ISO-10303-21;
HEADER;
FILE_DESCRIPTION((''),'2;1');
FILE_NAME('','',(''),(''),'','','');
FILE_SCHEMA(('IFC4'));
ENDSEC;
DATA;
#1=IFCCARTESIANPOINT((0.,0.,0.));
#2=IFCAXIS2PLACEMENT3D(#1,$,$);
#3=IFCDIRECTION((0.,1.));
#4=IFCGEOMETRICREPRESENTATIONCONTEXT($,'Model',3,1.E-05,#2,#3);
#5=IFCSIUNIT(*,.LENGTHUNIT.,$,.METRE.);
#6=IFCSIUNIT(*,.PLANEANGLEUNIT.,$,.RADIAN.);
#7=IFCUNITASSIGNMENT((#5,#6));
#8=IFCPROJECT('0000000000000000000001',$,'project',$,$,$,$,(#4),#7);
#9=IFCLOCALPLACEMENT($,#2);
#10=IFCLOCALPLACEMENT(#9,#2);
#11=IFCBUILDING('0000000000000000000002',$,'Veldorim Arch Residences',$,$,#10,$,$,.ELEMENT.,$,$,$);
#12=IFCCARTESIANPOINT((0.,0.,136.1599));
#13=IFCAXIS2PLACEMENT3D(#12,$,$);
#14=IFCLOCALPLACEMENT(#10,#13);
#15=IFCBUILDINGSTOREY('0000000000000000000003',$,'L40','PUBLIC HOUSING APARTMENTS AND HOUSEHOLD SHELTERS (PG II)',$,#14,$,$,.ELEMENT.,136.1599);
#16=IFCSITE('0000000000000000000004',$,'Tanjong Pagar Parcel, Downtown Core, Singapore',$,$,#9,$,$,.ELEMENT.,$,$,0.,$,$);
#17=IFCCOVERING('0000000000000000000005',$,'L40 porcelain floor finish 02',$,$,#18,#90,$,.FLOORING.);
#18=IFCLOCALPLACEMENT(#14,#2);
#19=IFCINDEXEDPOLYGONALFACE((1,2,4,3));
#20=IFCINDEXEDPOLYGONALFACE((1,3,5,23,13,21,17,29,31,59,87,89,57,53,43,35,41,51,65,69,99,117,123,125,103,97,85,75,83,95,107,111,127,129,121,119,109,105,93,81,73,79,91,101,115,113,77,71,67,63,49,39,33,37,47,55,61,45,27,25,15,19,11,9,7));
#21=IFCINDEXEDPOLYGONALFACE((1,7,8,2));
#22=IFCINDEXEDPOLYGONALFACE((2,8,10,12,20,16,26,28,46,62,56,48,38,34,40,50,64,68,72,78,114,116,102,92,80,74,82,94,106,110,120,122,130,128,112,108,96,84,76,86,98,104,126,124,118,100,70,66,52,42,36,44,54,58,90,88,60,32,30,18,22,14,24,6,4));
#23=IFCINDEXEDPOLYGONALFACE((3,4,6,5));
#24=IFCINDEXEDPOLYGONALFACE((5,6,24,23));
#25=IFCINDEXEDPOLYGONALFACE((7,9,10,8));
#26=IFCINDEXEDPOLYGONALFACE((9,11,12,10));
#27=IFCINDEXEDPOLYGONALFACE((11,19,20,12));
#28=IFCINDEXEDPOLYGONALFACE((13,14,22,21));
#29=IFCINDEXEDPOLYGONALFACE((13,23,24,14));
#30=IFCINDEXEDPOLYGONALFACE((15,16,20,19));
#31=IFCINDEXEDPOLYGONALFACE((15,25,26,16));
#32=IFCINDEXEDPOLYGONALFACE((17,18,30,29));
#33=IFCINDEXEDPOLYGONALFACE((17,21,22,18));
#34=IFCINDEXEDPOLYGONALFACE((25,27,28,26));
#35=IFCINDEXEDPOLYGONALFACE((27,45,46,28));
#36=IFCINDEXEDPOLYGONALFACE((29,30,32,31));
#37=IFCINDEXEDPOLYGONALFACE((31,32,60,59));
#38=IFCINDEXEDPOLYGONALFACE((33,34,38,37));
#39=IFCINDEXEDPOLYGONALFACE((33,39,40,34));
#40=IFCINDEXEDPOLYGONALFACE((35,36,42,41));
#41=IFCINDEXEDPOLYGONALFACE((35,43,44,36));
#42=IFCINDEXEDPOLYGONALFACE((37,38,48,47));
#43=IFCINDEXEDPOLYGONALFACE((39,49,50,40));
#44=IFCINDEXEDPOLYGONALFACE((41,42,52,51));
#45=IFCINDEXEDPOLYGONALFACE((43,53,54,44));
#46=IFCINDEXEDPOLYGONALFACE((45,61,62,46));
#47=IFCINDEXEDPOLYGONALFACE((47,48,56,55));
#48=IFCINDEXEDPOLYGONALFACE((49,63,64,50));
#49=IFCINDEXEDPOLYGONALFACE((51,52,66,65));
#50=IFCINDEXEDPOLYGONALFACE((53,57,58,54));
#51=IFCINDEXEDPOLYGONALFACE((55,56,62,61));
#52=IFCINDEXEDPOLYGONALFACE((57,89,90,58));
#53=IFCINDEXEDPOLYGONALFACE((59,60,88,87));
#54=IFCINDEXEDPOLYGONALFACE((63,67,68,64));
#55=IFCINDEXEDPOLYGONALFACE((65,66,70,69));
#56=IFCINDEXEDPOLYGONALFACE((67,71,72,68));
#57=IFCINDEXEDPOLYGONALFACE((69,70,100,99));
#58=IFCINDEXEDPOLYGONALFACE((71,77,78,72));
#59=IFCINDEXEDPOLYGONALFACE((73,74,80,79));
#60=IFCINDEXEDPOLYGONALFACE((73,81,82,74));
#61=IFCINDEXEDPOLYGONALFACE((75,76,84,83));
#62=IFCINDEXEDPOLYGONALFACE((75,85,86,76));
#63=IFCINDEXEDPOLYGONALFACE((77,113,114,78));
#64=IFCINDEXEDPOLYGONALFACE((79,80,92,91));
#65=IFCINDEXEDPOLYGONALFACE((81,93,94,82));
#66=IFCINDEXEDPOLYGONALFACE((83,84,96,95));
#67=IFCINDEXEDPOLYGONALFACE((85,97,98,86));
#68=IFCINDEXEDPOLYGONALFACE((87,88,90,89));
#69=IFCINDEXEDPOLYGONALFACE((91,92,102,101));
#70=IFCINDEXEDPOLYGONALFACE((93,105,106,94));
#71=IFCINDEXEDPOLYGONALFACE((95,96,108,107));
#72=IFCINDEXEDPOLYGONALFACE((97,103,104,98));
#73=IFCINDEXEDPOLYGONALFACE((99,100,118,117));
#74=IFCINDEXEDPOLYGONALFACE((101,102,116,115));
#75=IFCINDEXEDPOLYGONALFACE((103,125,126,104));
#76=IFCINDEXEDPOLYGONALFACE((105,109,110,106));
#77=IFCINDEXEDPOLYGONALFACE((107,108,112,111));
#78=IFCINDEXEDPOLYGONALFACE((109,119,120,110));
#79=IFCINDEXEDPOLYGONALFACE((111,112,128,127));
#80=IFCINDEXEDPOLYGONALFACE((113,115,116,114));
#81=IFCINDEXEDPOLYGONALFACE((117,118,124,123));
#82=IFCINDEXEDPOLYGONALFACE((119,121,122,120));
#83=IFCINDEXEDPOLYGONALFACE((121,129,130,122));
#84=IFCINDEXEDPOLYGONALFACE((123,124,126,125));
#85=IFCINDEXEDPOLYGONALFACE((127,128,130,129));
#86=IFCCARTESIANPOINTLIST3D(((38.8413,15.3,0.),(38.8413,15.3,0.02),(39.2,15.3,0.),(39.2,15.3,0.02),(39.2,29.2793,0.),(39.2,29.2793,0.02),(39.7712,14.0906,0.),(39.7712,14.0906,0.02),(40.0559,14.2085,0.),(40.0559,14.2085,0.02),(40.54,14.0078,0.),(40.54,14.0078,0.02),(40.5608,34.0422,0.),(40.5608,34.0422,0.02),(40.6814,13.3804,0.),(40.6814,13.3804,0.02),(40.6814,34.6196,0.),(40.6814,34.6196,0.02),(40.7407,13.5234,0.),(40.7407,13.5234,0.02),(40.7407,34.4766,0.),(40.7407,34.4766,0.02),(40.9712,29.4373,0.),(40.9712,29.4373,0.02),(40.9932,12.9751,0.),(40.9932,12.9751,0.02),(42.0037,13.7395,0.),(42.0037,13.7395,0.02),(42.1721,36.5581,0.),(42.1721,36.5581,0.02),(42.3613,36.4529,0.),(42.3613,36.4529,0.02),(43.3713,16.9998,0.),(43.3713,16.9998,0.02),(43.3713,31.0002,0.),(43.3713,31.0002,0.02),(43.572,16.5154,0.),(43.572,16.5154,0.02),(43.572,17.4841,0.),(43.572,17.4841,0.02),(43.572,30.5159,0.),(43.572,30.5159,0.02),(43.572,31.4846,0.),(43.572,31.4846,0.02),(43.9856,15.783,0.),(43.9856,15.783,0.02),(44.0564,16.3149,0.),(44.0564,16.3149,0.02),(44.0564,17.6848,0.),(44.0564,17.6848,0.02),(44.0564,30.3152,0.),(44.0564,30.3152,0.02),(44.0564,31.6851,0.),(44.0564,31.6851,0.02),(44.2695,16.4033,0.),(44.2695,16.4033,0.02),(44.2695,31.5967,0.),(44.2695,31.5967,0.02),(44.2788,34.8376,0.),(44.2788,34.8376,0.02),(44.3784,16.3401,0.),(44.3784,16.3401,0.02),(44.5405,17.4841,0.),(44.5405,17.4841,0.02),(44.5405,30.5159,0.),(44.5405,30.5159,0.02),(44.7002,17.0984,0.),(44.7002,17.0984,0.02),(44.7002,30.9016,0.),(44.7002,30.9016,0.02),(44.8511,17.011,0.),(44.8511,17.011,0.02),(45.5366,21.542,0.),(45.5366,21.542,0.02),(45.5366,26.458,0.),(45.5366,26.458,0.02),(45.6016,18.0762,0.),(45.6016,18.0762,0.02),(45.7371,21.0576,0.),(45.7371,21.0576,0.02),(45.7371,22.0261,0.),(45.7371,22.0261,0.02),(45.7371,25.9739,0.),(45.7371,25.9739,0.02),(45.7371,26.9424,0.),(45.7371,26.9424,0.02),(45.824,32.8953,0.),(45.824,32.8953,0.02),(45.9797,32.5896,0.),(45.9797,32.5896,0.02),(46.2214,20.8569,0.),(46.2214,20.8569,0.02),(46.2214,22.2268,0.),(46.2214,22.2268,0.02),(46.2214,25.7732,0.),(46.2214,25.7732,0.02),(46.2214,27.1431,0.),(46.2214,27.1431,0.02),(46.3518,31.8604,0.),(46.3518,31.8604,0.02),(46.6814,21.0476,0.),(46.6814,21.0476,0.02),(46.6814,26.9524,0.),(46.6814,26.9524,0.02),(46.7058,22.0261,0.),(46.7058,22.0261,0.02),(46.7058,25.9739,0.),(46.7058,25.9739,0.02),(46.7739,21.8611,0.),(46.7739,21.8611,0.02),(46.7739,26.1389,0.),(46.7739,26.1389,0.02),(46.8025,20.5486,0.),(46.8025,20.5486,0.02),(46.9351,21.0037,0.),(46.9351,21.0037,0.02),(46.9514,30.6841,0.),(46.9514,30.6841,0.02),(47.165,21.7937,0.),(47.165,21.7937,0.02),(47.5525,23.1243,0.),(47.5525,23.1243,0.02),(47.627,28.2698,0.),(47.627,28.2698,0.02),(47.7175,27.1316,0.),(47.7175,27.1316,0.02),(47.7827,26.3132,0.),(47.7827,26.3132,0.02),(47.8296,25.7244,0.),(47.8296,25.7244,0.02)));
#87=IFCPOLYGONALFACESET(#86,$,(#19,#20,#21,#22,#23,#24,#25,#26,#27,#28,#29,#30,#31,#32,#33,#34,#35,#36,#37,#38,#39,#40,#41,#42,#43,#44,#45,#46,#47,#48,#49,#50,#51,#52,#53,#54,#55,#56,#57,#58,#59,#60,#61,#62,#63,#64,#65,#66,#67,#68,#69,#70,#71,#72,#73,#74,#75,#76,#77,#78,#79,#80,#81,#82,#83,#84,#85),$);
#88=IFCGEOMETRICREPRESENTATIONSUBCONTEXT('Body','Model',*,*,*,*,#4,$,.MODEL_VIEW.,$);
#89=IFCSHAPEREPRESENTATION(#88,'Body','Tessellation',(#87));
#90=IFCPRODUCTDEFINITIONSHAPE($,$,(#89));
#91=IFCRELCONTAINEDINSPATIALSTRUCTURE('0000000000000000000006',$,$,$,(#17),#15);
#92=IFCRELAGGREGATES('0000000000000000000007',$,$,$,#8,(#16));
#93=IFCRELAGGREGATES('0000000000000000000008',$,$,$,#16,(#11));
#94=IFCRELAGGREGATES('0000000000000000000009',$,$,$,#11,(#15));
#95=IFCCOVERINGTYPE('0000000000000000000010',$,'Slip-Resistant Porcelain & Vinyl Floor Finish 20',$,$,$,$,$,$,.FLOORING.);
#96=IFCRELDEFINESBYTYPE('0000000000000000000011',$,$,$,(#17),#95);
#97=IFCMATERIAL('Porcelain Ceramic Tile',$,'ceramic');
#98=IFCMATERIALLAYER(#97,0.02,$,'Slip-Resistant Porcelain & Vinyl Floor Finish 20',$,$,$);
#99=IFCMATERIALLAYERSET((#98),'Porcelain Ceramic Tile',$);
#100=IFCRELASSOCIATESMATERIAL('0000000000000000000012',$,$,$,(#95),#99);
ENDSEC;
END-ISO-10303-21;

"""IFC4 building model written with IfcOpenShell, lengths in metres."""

from ifc_helpers import new_model, si_unit, direction, frame, origin, place, context, subcontext, project, spatial, polyline, outline, extrude, material, layer, layer_set, type_object, element, save


model = new_model("IFC4")

# Units and contexts
model_context = context("Model", 3, precision=1e-05, world=origin(), true_north=direction((0.0, 1.0)))
body_context = subcontext(model_context, "Body", "Model", "MODEL_VIEW")
ifc_project = project(units=[si_unit("LENGTHUNIT", "METRE"), si_unit("PLANEANGLEUNIT", "RADIAN")], contexts=[model_context])

# Site, building, storey
site_placement = place(None, origin())
site = spatial("IfcSite", under=ifc_project, at=site_placement, Name="Tanjong Pagar Parcel, Downtown Core, Singapore", CompositionType="ELEMENT", RefElevation=0.0)
building_placement = place(site_placement, origin())
building = spatial("IfcBuilding", under=site, at=building_placement, Name="Veldorim Arch Residences", CompositionType="ELEMENT")
storey_placement = place(building_placement, frame((0.0, 0.0, 136.1599)))
storey = spatial("IfcBuildingStorey", under=building, at=storey_placement, Name="L40", Description="PUBLIC HOUSING APARTMENTS AND HOUSEHOLD SHELTERS (PG II)", CompositionType="ELEMENT", Elevation=136.1599)

# Covering
ifc_material_1 = material(Name="Porcelain Ceramic Tile", Category="ceramic")
ifc_layer_1 = layer(ifc_material_1, 0.02, Name="Slip-Resistant Porcelain & Vinyl Floor Finish 20")
ifc_layer_set_1 = layer_set([ifc_layer_1], Name="Porcelain Ceramic Tile")
covering_type_1 = type_object("IfcCoveringType", Name="Slip-Resistant Porcelain & Vinyl Floor Finish 20", PredefinedType="FLOORING", material=ifc_layer_set_1)
covering_1_placement = place(storey_placement, origin())
element("IfcCovering", 1, at=covering_1_placement, inside=storey, type_object=covering_type_1, Name="L40 porcelain floor finish 02", PredefinedType="FLOORING", context=body_context, shape_type="SweptSolid", body=[
    extrude(outline(polyline([(40.7407, 34.4766), (40.6814, 34.6196), (42.1721, 36.5581), (42.3613, 36.4529), (44.2788, 34.8376), (45.824, 32.8953), (45.9797, 32.5896), (44.2695, 31.5967), (44.0564, 31.6851), (43.572, 31.4846), (43.3713, 31.0002), (43.572, 30.5159), (44.0564, 30.3152), (44.5405, 30.5159), (44.7002, 30.9016), (46.3518, 31.8604), (46.9514, 30.6841), (47.627, 28.2698), (47.7175, 27.1316), (46.6814, 26.9524), (46.2214, 27.1431), (45.7371, 26.9424), (45.5366, 26.458), (45.7371, 25.9739), (46.2214, 25.7732), (46.7058, 25.9739), (46.7739, 26.1389), (47.7827, 26.3132), (47.8296, 25.7244), (47.5525, 23.1243), (47.165, 21.7937), (46.7739, 21.8611), (46.7058, 22.0261), (46.2214, 22.2268), (45.7371, 22.0261), (45.5366, 21.542), (45.7371, 21.0576), (46.2214, 20.8569), (46.6814, 21.0476), (46.9351, 21.0037), (46.8025, 20.5486), (45.6016, 18.0762), (44.8511, 17.011), (44.7002, 17.0984), (44.5405, 17.4841), (44.0564, 17.6848), (43.572, 17.4841), (43.3713, 16.9998), (43.572, 16.5154), (44.0564, 16.3149), (44.2695, 16.4033), (44.3784, 16.3401), (43.9856, 15.783), (42.0037, 13.7395), (40.9932, 12.9751), (40.6814, 13.3804), (40.7407, 13.5234), (40.54, 14.0078), (40.0559, 14.2085), (39.7712, 14.0906), (38.8413, 15.3), (39.2, 15.3), (39.2, 29.2793), (40.9712, 29.4373), (40.5608, 34.0422), (40.7407, 34.4766)])), origin(), (0.0, 0.0, 1.0), 0.02),
])

save(model, "model.ifc")
